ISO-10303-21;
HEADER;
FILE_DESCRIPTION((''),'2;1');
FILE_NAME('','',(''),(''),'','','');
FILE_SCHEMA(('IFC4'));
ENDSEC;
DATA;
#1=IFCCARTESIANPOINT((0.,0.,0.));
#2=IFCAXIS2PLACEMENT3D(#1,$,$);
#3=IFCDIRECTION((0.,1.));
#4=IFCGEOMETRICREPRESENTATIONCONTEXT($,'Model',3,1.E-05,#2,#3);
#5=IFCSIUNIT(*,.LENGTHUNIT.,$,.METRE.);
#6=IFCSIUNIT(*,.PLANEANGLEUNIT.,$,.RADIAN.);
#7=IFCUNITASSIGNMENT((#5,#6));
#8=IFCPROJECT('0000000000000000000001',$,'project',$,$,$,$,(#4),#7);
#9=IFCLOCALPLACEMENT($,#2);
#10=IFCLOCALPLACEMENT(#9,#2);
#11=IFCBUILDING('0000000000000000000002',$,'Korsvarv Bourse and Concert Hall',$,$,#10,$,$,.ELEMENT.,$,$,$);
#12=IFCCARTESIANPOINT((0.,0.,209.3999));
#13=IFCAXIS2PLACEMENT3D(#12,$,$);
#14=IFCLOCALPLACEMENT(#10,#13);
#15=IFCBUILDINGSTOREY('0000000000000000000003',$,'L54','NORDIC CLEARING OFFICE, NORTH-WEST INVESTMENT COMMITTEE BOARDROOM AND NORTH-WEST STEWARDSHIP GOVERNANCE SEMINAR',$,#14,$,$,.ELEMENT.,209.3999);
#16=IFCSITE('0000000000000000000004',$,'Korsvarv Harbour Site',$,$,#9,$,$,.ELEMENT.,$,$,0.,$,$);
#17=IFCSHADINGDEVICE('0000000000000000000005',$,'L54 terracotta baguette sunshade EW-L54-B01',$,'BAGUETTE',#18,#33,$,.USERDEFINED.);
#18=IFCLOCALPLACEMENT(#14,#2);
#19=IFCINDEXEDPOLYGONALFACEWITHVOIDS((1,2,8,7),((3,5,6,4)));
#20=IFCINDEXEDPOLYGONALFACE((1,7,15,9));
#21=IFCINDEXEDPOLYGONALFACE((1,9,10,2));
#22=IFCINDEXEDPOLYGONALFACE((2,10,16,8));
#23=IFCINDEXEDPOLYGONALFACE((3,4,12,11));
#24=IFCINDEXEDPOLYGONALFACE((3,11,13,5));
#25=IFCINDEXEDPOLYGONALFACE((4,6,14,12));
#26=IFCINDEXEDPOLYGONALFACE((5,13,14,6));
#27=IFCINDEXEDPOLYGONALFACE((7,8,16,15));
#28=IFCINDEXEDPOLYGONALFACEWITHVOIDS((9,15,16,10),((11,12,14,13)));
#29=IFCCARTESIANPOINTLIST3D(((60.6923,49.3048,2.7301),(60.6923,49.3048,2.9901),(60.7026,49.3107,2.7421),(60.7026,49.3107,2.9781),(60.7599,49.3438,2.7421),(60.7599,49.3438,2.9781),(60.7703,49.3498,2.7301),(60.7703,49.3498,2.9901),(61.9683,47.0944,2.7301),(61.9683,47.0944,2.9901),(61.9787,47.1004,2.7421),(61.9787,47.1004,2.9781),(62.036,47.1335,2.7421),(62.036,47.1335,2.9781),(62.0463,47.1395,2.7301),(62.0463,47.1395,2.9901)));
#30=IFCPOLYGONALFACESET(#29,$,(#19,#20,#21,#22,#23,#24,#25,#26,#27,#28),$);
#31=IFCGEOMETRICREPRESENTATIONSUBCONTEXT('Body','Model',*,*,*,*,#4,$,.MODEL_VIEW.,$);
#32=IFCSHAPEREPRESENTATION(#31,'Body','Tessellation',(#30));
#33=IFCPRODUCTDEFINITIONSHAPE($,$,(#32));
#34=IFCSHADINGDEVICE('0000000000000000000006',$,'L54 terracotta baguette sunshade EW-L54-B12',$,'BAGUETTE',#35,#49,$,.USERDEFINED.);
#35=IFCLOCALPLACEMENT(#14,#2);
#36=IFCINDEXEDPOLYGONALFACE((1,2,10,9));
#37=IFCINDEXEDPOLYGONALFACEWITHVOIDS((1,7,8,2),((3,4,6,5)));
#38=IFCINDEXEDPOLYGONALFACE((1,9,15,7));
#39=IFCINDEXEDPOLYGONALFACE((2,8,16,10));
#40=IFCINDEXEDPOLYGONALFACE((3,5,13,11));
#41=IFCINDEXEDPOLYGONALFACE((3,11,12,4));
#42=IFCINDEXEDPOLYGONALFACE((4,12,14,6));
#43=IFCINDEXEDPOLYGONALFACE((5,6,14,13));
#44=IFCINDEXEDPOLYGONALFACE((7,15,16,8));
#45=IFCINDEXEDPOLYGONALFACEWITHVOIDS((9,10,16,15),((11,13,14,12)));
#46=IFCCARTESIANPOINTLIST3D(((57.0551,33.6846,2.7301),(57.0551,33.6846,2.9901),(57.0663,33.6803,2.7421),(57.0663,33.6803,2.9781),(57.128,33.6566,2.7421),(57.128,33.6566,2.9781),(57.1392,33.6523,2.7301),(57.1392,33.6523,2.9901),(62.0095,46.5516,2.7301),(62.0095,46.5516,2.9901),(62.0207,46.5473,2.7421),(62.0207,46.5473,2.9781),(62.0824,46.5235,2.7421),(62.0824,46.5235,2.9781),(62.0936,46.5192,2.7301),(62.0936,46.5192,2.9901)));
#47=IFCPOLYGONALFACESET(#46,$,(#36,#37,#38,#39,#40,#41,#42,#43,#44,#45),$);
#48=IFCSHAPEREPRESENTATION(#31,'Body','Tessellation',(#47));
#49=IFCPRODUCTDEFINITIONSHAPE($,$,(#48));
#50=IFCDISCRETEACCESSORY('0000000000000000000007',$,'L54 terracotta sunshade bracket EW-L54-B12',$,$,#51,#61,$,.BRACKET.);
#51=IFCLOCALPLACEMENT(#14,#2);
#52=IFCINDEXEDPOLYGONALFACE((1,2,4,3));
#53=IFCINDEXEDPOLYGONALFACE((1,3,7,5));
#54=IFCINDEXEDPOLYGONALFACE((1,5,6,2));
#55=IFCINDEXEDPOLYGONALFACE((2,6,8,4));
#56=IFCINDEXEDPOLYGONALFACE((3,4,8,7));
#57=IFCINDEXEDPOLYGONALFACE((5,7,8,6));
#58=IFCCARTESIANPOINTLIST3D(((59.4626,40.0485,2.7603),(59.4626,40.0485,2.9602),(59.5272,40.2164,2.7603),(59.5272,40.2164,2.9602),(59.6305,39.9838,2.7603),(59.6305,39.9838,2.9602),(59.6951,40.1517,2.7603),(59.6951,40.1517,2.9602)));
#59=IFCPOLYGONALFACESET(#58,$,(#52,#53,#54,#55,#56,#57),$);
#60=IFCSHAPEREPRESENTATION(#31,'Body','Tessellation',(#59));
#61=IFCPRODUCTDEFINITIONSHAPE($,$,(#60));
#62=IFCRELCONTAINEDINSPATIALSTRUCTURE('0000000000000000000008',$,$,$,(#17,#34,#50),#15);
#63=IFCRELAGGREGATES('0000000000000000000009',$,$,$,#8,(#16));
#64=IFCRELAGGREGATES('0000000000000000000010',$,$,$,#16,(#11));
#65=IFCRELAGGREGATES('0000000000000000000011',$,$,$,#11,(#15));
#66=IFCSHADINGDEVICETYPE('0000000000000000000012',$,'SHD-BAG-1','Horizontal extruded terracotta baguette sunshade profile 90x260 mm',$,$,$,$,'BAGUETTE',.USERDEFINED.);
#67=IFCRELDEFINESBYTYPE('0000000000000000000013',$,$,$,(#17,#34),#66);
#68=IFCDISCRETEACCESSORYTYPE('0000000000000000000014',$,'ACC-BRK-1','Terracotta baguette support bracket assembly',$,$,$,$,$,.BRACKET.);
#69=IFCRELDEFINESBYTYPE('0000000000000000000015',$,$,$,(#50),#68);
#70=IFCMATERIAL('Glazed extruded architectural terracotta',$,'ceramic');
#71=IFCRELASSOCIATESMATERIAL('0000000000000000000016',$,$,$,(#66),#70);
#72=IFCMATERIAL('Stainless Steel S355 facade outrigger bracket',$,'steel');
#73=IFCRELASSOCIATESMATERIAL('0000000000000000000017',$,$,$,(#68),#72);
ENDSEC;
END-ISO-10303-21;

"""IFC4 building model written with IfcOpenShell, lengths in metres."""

from ifc_helpers import new_model, si_unit, direction, frame, origin, origin_2d, place, context, subcontext, project, spatial, rectangle, hollow_rectangle, extrude, source, transform, mapped, material, material_profile, profile_set, type_object, element, save


model = new_model("IFC4")

# Units and contexts
model_context = context("Model", 3, precision=1e-05, world=origin(), true_north=direction((0.0, 1.0)))
body_context = subcontext(model_context, "Body", "Model", "MODEL_VIEW")
ifc_project = project(units=[si_unit("LENGTHUNIT", "METRE"), si_unit("PLANEANGLEUNIT", "RADIAN")], contexts=[model_context])

# Site, building, storey
site_placement = place(None, origin())
site = spatial("IfcSite", under=ifc_project, at=site_placement, Name="Korsvarv Harbour Site", CompositionType="ELEMENT", RefElevation=0.0)
building_placement = place(site_placement, origin())
building = spatial("IfcBuilding", under=site, at=building_placement, Name="Korsvarv Bourse and Concert Hall", CompositionType="ELEMENT")
storey_placement = place(building_placement, frame((0.0, 0.0, 209.3999)))
storey = spatial("IfcBuildingStorey", under=building, at=storey_placement, Name="L54", Description="NORDIC CLEARING OFFICE, NORTH-WEST INVESTMENT COMMITTEE BOARDROOM AND NORTH-WEST STEWARDSHIP GOVERNANCE SEMINAR", CompositionType="ELEMENT", Elevation=209.3999)

# Shading devices
ifc_material_1 = material(Name="Glazed extruded architectural terracotta", Category="ceramic")
ifc_material_profile_1 = material_profile(ifc_material_1, hollow_rectangle(XDim=0.0901, YDim=0.26, WallThickness=0.012, at=origin_2d()), Name="TC-BAG 90x260")
ifc_profile_set_1 = profile_set([ifc_material_profile_1], Name="Glazed extruded architectural terracotta")
shading_device_type = type_object("IfcShadingDeviceType", Name="SHD-BAG-1", Description="Horizontal extruded terracotta baguette sunshade profile 90x260 mm", ElementType="BAGUETTE", PredefinedType="USERDEFINED", material=ifc_profile_set_1)
shared_shape_1 = source(origin(), body_context, "Body", "SweptSolid", [
    extrude(hollow_rectangle(XDim=0.0901, YDim=0.26, WallThickness=0.012, at=origin_2d()), origin(), (0.0, 0.0, 1.0), 2.5522),
])
shading_device_1_placement = place(storey_placement, frame((62.0073, 47.1169, 2.8601), z_axis=(-0.499976, 0.866039, 0.0), x_axis=(-0.866039, -0.499976, 0.0)))
element("IfcShadingDevice", 1, at=shading_device_1_placement, inside=storey, type_object=shading_device_type, Name="L54 terracotta baguette sunshade EW-L54-B01", ObjectType="BAGUETTE", PredefinedType="USERDEFINED", context=body_context, shape_type="MappedRepresentation", body=[
    mapped(shared_shape_1, transform((0.0, 0.0, 0.0), scale=1.0)),
])
shared_shape_2 = source(origin(), body_context, "Body", "SweptSolid", [
    extrude(hollow_rectangle(XDim=0.0901, YDim=0.26, WallThickness=0.012, at=origin_2d()), origin(), (0.0, 0.0, 1.0), 13.7878),
])
shading_device_2_placement = place(storey_placement, frame((57.0972, 33.6685, 2.8601), z_axis=(0.359328, 0.933211, 0.0), x_axis=(-0.933211, 0.359328, 0.0)))
element("IfcShadingDevice", 2, at=shading_device_2_placement, inside=storey, type_object=shading_device_type, Name="L54 terracotta baguette sunshade EW-L54-B12", ObjectType="BAGUETTE", PredefinedType="USERDEFINED", context=body_context, shape_type="MappedRepresentation", body=[
    mapped(shared_shape_2, transform((0.0, 0.0, 0.0), scale=1.0)),
])

# Discrete accessory
ifc_material_2 = material(Name="Stainless Steel S355 facade outrigger bracket", Category="steel")
discrete_accessory_type = type_object("IfcDiscreteAccessoryType", Name="ACC-BRK-1", Description="Terracotta baguette support bracket assembly", PredefinedType="BRACKET", material=ifc_material_2)
shared_shape_3 = source(origin(), body_context, "Body", "SweptSolid", [
    extrude(rectangle(XDim=0.1799, YDim=0.1799, at=origin_2d()), origin(), (0.0, 0.0, 1.0), 0.2),
])
discrete_accessory_placement = place(storey_placement, frame((59.5789, 40.1001, 2.7603), z_axis=(0.0, 0.0, 1.0), x_axis=(0.359345, 0.933205, 0.0)))
element("IfcDiscreteAccessory", 3, at=discrete_accessory_placement, inside=storey, type_object=discrete_accessory_type, Name="L54 terracotta sunshade bracket EW-L54-B12", PredefinedType="BRACKET", context=body_context, shape_type="MappedRepresentation", body=[
    mapped(shared_shape_3, transform((0.0, 0.0, 0.0), scale=1.0)),
])

save(model, "model.ifc")
